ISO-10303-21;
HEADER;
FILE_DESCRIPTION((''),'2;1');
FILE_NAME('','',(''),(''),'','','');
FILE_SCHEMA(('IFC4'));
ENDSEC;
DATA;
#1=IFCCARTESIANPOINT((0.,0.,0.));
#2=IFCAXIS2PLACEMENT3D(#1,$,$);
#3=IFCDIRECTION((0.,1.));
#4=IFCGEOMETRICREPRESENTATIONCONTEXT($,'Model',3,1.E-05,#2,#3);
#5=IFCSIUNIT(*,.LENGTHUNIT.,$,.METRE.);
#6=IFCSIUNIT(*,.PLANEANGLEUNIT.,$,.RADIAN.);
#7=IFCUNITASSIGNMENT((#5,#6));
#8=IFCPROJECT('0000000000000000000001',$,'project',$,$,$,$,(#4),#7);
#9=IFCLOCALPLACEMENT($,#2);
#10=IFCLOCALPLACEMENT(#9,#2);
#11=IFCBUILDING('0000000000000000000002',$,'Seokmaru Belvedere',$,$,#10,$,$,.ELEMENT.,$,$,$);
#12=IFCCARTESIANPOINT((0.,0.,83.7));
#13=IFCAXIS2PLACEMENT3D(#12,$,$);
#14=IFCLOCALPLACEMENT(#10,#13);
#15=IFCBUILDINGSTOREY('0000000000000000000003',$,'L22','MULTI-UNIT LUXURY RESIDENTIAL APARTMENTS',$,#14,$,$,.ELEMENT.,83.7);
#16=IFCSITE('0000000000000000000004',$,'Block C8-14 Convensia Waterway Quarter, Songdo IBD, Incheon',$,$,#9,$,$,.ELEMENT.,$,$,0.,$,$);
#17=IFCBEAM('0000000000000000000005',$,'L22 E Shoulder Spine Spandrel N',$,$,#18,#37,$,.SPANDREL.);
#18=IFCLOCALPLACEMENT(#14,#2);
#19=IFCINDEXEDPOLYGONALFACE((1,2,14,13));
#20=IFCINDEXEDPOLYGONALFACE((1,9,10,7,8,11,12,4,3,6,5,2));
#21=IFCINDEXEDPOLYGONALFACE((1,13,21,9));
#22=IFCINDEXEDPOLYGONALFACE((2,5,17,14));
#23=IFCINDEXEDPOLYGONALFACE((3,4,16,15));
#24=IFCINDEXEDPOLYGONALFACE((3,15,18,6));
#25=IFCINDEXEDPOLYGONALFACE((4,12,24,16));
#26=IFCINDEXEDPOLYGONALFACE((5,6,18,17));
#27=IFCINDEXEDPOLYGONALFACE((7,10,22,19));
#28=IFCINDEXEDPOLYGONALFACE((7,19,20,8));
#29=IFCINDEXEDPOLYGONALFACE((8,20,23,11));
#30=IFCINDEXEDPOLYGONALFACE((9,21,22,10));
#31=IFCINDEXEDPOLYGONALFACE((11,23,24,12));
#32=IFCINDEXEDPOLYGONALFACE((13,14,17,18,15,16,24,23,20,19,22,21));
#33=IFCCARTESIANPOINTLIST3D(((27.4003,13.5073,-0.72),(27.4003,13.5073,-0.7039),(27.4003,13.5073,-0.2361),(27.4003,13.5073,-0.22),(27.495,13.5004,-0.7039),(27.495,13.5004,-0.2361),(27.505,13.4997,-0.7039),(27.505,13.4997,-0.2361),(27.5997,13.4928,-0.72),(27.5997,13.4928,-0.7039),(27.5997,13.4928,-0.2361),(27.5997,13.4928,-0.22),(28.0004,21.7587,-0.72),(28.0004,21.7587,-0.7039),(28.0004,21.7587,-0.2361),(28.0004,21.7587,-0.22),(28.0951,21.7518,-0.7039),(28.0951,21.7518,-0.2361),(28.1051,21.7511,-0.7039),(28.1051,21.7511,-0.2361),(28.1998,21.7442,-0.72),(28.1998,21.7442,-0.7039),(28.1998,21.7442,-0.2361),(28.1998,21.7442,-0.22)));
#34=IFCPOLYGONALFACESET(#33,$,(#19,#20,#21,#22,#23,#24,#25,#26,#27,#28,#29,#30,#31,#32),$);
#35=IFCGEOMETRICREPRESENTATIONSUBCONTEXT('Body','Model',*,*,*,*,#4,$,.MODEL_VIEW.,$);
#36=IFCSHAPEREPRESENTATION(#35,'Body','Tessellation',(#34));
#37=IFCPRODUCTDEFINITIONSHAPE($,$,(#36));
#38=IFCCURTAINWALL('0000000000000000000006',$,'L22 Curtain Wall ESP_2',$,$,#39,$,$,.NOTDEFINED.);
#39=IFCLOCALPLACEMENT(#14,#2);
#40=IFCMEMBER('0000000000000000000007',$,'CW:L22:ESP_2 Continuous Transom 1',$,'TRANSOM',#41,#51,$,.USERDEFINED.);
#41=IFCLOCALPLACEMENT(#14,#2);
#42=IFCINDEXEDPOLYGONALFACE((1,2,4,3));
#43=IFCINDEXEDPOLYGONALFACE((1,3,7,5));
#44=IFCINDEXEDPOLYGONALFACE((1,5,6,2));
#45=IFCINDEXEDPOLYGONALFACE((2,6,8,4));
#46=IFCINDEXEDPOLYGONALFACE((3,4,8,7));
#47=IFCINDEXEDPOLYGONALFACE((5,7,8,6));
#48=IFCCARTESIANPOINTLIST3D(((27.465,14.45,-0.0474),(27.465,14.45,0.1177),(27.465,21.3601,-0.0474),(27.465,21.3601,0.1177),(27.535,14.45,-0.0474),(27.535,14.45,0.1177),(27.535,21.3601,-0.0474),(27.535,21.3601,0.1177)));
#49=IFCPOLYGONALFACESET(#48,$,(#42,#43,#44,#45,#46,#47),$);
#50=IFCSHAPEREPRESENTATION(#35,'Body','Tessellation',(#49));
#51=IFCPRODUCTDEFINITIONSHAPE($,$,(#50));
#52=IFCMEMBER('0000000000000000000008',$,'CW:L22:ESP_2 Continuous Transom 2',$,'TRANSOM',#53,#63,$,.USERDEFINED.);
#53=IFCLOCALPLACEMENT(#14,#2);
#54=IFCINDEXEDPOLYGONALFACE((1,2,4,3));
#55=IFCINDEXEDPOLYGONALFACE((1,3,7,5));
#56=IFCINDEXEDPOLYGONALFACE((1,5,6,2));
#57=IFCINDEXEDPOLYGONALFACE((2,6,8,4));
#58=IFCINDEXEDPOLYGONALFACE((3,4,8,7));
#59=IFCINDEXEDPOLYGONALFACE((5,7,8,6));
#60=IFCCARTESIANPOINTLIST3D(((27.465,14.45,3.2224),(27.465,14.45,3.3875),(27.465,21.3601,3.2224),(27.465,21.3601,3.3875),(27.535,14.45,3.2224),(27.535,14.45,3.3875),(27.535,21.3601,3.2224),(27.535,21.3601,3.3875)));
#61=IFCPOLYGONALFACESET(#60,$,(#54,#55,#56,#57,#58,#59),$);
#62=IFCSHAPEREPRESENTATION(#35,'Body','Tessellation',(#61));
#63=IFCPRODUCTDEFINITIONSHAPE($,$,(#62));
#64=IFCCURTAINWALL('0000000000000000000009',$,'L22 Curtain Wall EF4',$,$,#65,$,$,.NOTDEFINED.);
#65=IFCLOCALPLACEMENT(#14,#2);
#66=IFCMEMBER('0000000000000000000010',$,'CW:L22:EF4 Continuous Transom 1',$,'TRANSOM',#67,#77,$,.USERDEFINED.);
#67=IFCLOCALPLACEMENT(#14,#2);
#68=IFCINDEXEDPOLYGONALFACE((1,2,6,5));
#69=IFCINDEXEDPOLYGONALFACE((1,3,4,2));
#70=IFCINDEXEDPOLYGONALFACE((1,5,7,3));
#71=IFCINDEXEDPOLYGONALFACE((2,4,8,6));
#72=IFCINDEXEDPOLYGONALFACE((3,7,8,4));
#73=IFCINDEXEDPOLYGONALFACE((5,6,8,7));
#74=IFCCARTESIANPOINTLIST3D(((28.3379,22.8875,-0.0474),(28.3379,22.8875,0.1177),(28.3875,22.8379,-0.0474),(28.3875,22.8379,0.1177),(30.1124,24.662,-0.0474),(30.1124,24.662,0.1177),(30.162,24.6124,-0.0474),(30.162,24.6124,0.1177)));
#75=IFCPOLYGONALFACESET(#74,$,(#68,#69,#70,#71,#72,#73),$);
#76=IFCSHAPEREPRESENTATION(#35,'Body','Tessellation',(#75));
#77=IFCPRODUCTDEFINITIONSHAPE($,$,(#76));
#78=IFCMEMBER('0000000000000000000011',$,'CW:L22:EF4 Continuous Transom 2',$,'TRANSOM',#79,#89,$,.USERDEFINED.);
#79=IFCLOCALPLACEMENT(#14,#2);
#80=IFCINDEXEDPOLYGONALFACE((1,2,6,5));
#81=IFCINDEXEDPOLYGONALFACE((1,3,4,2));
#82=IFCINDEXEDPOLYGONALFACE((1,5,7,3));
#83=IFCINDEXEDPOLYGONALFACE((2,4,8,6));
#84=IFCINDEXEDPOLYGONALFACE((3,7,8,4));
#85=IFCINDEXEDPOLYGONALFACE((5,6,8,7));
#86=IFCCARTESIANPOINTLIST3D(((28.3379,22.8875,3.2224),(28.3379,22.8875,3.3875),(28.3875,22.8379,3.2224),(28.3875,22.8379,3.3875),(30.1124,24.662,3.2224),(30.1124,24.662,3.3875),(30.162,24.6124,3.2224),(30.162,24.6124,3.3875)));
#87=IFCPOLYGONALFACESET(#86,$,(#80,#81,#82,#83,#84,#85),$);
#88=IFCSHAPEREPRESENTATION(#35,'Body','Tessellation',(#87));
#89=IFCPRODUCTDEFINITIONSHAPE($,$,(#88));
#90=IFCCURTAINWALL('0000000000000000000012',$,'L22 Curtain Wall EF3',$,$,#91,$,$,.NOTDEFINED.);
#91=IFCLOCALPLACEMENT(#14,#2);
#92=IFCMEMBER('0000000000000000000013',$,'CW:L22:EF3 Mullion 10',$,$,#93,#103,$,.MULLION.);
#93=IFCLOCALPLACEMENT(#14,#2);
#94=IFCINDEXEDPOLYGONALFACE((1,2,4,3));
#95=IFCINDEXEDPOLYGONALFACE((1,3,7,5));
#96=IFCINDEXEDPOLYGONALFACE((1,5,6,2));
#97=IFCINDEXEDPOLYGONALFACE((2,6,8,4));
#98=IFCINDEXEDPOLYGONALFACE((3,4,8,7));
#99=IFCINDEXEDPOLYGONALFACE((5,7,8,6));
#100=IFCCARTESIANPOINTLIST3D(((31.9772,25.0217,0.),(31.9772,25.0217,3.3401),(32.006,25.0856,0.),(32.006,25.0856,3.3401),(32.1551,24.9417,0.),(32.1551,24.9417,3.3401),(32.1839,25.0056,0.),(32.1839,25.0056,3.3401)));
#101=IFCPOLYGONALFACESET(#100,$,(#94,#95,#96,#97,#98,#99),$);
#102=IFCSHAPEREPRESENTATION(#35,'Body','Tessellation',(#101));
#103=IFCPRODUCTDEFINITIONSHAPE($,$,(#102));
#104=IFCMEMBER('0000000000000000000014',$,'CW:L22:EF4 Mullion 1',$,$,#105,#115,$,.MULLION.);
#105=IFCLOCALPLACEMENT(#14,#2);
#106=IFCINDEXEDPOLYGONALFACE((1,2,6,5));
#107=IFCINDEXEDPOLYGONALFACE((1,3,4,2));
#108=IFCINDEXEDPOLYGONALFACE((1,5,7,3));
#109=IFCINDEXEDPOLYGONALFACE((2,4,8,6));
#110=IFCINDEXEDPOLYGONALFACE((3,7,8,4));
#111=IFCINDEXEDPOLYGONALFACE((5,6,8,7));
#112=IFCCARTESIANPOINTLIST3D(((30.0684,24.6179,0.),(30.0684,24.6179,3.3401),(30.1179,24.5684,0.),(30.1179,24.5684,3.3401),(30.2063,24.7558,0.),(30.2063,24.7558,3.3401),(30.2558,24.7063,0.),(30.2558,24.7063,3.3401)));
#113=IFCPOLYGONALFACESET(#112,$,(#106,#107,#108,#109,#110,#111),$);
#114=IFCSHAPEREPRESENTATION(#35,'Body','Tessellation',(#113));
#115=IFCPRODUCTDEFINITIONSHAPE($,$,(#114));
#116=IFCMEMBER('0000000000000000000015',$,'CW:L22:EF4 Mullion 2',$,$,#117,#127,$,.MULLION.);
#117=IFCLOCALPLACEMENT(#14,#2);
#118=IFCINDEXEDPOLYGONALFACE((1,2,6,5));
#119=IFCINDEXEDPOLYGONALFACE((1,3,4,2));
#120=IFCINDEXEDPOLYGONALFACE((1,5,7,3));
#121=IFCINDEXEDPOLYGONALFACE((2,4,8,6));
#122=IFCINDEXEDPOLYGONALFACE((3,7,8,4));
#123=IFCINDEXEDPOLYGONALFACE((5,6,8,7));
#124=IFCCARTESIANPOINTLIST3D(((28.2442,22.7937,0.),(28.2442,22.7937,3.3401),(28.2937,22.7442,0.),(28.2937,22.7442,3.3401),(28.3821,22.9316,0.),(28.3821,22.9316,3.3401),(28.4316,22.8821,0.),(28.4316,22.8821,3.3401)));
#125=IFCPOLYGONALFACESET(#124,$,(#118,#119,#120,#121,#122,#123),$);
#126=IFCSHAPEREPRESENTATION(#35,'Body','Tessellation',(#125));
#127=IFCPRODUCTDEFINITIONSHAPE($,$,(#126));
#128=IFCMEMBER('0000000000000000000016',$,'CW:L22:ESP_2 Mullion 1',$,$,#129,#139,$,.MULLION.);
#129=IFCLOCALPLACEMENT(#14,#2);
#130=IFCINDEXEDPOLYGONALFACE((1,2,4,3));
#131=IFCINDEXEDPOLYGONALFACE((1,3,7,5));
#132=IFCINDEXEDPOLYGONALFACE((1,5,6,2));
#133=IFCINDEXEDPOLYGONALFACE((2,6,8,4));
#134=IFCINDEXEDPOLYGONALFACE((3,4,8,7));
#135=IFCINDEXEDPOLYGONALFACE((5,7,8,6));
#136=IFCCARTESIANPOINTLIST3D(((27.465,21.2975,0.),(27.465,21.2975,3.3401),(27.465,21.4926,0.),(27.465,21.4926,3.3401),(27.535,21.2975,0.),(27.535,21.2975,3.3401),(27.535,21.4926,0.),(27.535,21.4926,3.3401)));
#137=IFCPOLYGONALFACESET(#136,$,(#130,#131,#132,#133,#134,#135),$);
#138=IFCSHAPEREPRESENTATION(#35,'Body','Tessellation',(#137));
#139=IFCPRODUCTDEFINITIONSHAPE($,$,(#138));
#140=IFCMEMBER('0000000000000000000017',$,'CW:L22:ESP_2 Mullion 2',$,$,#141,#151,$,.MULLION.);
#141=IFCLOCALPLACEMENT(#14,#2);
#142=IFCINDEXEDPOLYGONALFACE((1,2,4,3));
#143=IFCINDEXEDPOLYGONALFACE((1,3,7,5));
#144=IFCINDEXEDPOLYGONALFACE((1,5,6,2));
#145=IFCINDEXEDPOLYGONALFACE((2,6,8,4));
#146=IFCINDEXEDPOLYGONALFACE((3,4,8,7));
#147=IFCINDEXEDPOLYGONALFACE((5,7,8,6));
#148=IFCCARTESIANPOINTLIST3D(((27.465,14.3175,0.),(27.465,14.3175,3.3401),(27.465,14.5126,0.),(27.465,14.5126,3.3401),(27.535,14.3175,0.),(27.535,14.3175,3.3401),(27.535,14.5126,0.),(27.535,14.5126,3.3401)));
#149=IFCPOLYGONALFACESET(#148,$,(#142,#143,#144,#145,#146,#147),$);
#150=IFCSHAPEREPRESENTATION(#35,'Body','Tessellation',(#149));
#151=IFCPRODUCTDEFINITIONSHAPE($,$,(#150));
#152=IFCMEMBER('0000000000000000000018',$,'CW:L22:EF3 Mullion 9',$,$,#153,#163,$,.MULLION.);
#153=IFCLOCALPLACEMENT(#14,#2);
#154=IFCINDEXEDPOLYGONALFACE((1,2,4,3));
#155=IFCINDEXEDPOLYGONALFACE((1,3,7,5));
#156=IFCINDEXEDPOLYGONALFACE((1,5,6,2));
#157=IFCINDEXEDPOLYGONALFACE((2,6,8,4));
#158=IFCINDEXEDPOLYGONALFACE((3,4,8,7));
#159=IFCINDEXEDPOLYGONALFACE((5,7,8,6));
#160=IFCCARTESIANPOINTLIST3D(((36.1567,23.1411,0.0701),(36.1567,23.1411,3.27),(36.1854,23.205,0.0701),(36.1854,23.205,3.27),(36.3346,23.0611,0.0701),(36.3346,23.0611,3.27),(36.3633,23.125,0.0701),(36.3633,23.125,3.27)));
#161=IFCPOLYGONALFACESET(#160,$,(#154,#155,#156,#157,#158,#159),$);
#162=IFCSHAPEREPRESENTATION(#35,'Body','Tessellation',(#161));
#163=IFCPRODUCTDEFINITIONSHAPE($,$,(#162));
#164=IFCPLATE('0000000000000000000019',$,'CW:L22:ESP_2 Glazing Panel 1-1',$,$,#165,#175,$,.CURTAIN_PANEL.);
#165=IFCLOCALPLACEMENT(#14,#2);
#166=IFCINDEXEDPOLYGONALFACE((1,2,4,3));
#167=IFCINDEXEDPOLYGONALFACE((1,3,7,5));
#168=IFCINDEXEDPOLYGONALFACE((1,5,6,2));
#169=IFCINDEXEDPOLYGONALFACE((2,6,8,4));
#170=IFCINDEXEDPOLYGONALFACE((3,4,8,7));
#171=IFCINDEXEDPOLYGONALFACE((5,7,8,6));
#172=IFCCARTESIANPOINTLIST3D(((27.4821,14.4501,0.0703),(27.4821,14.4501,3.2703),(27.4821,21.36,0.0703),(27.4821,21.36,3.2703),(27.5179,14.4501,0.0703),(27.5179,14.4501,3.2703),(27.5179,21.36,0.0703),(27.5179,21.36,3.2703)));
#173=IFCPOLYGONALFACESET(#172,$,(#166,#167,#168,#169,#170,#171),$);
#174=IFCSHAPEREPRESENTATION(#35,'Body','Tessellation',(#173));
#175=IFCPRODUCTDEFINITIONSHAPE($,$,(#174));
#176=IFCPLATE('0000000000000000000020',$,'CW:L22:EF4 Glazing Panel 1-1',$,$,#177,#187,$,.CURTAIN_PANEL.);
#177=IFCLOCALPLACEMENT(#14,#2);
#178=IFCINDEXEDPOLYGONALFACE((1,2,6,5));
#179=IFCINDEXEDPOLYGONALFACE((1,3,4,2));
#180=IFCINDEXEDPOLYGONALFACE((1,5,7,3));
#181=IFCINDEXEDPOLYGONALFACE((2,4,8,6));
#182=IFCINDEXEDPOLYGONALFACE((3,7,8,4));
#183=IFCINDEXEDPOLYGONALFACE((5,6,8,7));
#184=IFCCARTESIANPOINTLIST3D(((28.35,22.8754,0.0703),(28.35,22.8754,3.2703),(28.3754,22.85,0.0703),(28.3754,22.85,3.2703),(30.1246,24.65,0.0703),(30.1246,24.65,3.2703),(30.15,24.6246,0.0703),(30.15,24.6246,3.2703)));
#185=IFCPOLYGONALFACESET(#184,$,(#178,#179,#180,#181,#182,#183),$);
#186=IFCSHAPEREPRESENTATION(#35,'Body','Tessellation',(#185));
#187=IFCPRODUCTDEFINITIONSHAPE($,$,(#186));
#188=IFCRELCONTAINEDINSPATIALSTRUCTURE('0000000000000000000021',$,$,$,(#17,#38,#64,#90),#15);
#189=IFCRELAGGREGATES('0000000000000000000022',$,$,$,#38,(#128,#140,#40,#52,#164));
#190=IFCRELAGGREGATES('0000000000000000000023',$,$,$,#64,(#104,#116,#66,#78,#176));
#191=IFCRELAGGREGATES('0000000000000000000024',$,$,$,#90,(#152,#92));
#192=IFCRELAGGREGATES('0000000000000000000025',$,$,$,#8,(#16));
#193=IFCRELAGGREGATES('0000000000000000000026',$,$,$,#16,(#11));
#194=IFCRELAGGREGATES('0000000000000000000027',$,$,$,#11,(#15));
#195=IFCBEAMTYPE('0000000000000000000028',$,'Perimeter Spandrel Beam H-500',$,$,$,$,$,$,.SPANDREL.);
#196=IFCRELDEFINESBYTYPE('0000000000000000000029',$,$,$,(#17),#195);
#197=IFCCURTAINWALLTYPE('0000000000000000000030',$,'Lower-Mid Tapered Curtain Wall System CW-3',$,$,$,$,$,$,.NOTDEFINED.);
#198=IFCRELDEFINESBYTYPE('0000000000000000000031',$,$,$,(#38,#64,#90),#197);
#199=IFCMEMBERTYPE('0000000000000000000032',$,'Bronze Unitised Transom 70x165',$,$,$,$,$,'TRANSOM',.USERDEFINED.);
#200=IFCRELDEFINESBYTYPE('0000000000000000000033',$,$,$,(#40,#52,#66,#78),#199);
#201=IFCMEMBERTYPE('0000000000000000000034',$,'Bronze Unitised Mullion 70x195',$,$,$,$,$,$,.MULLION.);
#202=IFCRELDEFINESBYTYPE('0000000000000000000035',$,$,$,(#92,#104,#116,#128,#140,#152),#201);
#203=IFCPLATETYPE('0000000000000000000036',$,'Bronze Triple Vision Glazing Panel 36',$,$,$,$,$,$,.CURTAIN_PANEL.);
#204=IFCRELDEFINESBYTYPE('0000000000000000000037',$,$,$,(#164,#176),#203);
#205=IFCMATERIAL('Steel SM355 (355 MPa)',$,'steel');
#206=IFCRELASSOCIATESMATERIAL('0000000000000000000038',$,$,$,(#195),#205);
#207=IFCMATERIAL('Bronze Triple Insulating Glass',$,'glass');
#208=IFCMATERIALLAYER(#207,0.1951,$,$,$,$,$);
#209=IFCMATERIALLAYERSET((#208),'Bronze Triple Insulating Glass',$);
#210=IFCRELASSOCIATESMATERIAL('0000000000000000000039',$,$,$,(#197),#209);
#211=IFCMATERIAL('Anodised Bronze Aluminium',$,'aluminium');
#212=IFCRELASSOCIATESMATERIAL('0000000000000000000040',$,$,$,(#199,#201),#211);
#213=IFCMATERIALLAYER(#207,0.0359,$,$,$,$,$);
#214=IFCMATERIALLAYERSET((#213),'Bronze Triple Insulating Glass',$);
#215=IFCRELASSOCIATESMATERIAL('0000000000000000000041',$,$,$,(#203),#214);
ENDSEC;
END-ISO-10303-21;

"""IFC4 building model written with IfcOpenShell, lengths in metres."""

from ifc_helpers import new_model, si_unit, direction, frame, origin, origin_2d, place, context, subcontext, project, spatial, rectangle, i_section, extrude, source, transform, mapped, material, layer, layer_set, material_profile, profile_set, type_object, type_shapes, element, aggregate, save


model = new_model("IFC4")

# Units and contexts
model_context = context("Model", 3, precision=1e-05, world=origin(), true_north=direction((0.0, 1.0)))
body_context = subcontext(model_context, "Body", "Model", "MODEL_VIEW")
ifc_project = project(units=[si_unit("LENGTHUNIT", "METRE"), si_unit("PLANEANGLEUNIT", "RADIAN")], contexts=[model_context])

# Site, building, storey
site_placement = place(None, origin())
site = spatial("IfcSite", under=ifc_project, at=site_placement, Name="Block C8-14 Convensia Waterway Quarter, Songdo IBD, Incheon", CompositionType="ELEMENT", RefElevation=0.0)
building_placement = place(site_placement, origin())
building = spatial("IfcBuilding", under=site, at=building_placement, Name="Seokmaru Belvedere", CompositionType="ELEMENT")
storey_placement = place(building_placement, frame((0.0, 0.0, 83.7)))
storey = spatial("IfcBuildingStorey", under=building, at=storey_placement, Name="L22", Description="MULTI-UNIT LUXURY RESIDENTIAL APARTMENTS", CompositionType="ELEMENT", Elevation=83.7)

# Shared definitions
ifc_material_1 = material(Name="Steel SM355 (355 MPa)", Category="steel")

# Beam
ifc_material_profile_1 = material_profile(ifc_material_1, i_section(OverallWidth=0.2, OverallDepth=0.5, WebThickness=0.01, FlangeThickness=0.0161, at=origin_2d()), Name="H-500x200x10x16")
ifc_profile_set_1 = profile_set([ifc_material_profile_1], Name="Steel SM355 (355 MPa)")
beam_type_1 = type_object("IfcBeamType", Name="Perimeter Spandrel Beam H-500", PredefinedType="SPANDREL", material=ifc_profile_set_1)
shared_shape_1 = source(origin(), body_context, "Body", "SweptSolid", [
    extrude(i_section(OverallWidth=0.2, OverallDepth=0.5, WebThickness=0.01, FlangeThickness=0.0161, at=origin_2d()), origin(), (0.0, 0.0, 1.0), 8.2732),
])
beam_1_placement = place(storey_placement, frame((28.1001, 21.7515, -0.47), z_axis=(-0.072535, -0.997366, 0.0), x_axis=(0.997366, -0.072535, 0.0)))
element("IfcBeam", 1, at=beam_1_placement, inside=storey, type_object=beam_type_1, Name="L22 E Shoulder Spine Spandrel N", PredefinedType="SPANDREL", context=body_context, shape_type="MappedRepresentation", body=[
    mapped(shared_shape_1, transform((0.0, 0.0, 0.0), scale=1.0)),
])

# Curtain walls, members
ifc_material_2 = material(Name="Bronze Triple Insulating Glass", Category="glass")
ifc_layer_1 = layer(ifc_material_2, 0.1951)
ifc_layer_set_1 = layer_set([ifc_layer_1], Name="Bronze Triple Insulating Glass")
curtain_wall_type = type_object("IfcCurtainWallType", Name="Lower-Mid Tapered Curtain Wall System CW-3", PredefinedType="NOTDEFINED", material=ifc_layer_set_1)
curtain_wall_1_placement = place(storey_placement, origin())
curtain_wall_1 = element("IfcCurtainWall", 2, at=curtain_wall_1_placement, inside=storey, type_object=curtain_wall_type, Name="L22 Curtain Wall ESP_2", PredefinedType="NOTDEFINED")
ifc_material_3 = material(Name="Anodised Bronze Aluminium", Category="aluminium")
ifc_material_profile_2 = material_profile(ifc_material_3, rectangle(XDim=0.0701, YDim=0.165, at=origin_2d()), Name="CW-T-70x165")
ifc_profile_set_2 = profile_set([ifc_material_profile_2], Name="Anodised Bronze Aluminium")
member_type_1 = type_object("IfcMemberType", Name="Bronze Unitised Transom 70x165", ElementType="TRANSOM", PredefinedType="USERDEFINED", material=ifc_profile_set_2)
shared_shape_2 = source(origin(), body_context, "Body", "SweptSolid", [
    extrude(rectangle(XDim=0.0701, YDim=0.165, at=origin_2d()), origin(), (0.0, 0.0, 1.0), 6.9102),
])
member_1_placement = place(storey_placement, frame((27.5, 21.3601, 0.0352), z_axis=(0.0, -1.0, 0.0), x_axis=(1.0, 0.0, 0.0)))
member_1 = element("IfcMember", 3, at=member_1_placement, type_object=member_type_1, Name="CW:L22:ESP_2 Continuous Transom 1", ObjectType="TRANSOM", PredefinedType="USERDEFINED", context=body_context, shape_type="MappedRepresentation", body=[
    mapped(shared_shape_2, transform((0.0, 0.0, 0.0), scale=1.0)),
])
member_2_placement = place(storey_placement, frame((27.5, 21.3601, 3.3049), z_axis=(0.0, -1.0, 0.0), x_axis=(1.0, 0.0, 0.0)))
member_2 = element("IfcMember", 4, at=member_2_placement, type_object=member_type_1, Name="CW:L22:ESP_2 Continuous Transom 2", ObjectType="TRANSOM", PredefinedType="USERDEFINED", context=body_context, shape_type="MappedRepresentation", body=[
    mapped(shared_shape_2, transform((0.0, 0.0, 0.0), scale=1.0)),
])
curtain_wall_2_placement = place(storey_placement, origin())
curtain_wall_2 = element("IfcCurtainWall", 5, at=curtain_wall_2_placement, inside=storey, type_object=curtain_wall_type, Name="L22 Curtain Wall EF4", PredefinedType="NOTDEFINED")
shared_shape_3 = source(origin(), body_context, "Body", "SweptSolid", [
    extrude(rectangle(XDim=0.0701, YDim=0.165, at=origin_2d()), origin(), (0.0, 0.0, 1.0), 2.5095),
])
type_shapes(member_type_1, [shared_shape_2, shared_shape_3])
member_3_placement = place(storey_placement, frame((30.1372, 24.6372, 0.0352), z_axis=(-0.707107, -0.707107, 0.0), x_axis=(0.707107, -0.707107, 0.0)))
member_3 = element("IfcMember", 6, at=member_3_placement, type_object=member_type_1, Name="CW:L22:EF4 Continuous Transom 1", ObjectType="TRANSOM", PredefinedType="USERDEFINED", context=body_context, shape_type="MappedRepresentation", body=[
    mapped(shared_shape_3, transform((0.0, 0.0, 0.0), scale=1.0)),
])
member_4_placement = place(storey_placement, frame((30.1372, 24.6372, 3.3049), z_axis=(-0.707107, -0.707107, 0.0), x_axis=(0.707107, -0.707107, 0.0)))
member_4 = element("IfcMember", 7, at=member_4_placement, type_object=member_type_1, Name="CW:L22:EF4 Continuous Transom 2", ObjectType="TRANSOM", PredefinedType="USERDEFINED", context=body_context, shape_type="MappedRepresentation", body=[
    mapped(shared_shape_3, transform((0.0, 0.0, 0.0), scale=1.0)),
])

# Curtain wall, member
curtain_wall_3_placement = place(storey_placement, origin())
curtain_wall_3 = element("IfcCurtainWall", 8, at=curtain_wall_3_placement, inside=storey, type_object=curtain_wall_type, Name="L22 Curtain Wall EF3", PredefinedType="NOTDEFINED")
ifc_material_profile_3 = material_profile(ifc_material_3, rectangle(XDim=0.0701, YDim=0.1951, at=origin_2d()), Name="CW-M-70x195")
ifc_profile_set_3 = profile_set([ifc_material_profile_3], Name="Anodised Bronze Aluminium")
member_type_2 = type_object("IfcMemberType", Name="Bronze Unitised Mullion 70x195", PredefinedType="MULLION", material=ifc_profile_set_3)
shared_shape_4 = source(origin(), body_context, "Body", "SweptSolid", [
    extrude(rectangle(XDim=0.0701, YDim=0.1951, at=origin_2d()), origin(), (0.0, 0.0, 1.0), 3.3401),
])
member_5_placement = place(storey_placement, frame((32.0806, 25.0137, 0.0), z_axis=(0.0, 0.0, 1.0), x_axis=(-0.410366, -0.911921, 0.0)))
member_5 = element("IfcMember", 9, at=member_5_placement, type_object=member_type_2, Name="CW:L22:EF3 Mullion 10", PredefinedType="MULLION", context=body_context, shape_type="MappedRepresentation", body=[
    mapped(shared_shape_4, transform((0.0, 0.0, 0.0), scale=1.0)),
])

# Members
member_6_placement = place(storey_placement, frame((30.1621, 24.6621, 0.0), z_axis=(0.0, 0.0, 1.0), x_axis=(0.707107, -0.707107, 0.0)))
member_6 = element("IfcMember", 10, at=member_6_placement, type_object=member_type_2, Name="CW:L22:EF4 Mullion 1", PredefinedType="MULLION", context=body_context, shape_type="MappedRepresentation", body=[
    mapped(shared_shape_4, transform((0.0, 0.0, 0.0), scale=1.0)),
])
member_7_placement = place(storey_placement, frame((28.3379, 22.8379, 0.0), z_axis=(0.0, 0.0, 1.0), x_axis=(0.707107, -0.707107, 0.0)))
member_7 = element("IfcMember", 11, at=member_7_placement, type_object=member_type_2, Name="CW:L22:EF4 Mullion 2", PredefinedType="MULLION", context=body_context, shape_type="MappedRepresentation", body=[
    mapped(shared_shape_4, transform((0.0, 0.0, 0.0), scale=1.0)),
])
member_8_placement = place(storey_placement, frame((27.5, 21.395, 0.0), z_axis=(0.0, 0.0, 1.0), x_axis=(1.0, 0.0, 0.0)))
member_8 = element("IfcMember", 12, at=member_8_placement, type_object=member_type_2, Name="CW:L22:ESP_2 Mullion 1", PredefinedType="MULLION", context=body_context, shape_type="MappedRepresentation", body=[
    mapped(shared_shape_4, transform((0.0, 0.0, 0.0), scale=1.0)),
])
member_9_placement = place(storey_placement, frame((27.5, 14.415, 0.0), z_axis=(0.0, 0.0, 1.0), x_axis=(1.0, 0.0, 0.0)))
member_9 = element("IfcMember", 13, at=member_9_placement, type_object=member_type_2, Name="CW:L22:ESP_2 Mullion 2", PredefinedType="MULLION", context=body_context, shape_type="MappedRepresentation", body=[
    mapped(shared_shape_4, transform((0.0, 0.0, 0.0), scale=1.0)),
])
shared_shape_5 = source(origin(), body_context, "Body", "SweptSolid", [
    extrude(rectangle(XDim=0.0701, YDim=0.1951, at=origin_2d()), origin(), (0.0, 0.0, 1.0), 3.2),
])
type_shapes(member_type_2, [shared_shape_4, shared_shape_5])
member_10_placement = place(storey_placement, frame((36.26, 23.1331, 0.0701), z_axis=(0.0, 0.0, 1.0), x_axis=(-0.410366, -0.911921, 0.0)))
member_10 = element("IfcMember", 14, at=member_10_placement, type_object=member_type_2, Name="CW:L22:EF3 Mullion 9", PredefinedType="MULLION", context=body_context, shape_type="MappedRepresentation", body=[
    mapped(shared_shape_5, transform((0.0, 0.0, 0.0), scale=1.0)),
])

# Plates
ifc_layer_2 = layer(ifc_material_2, 0.0359)
ifc_layer_set_2 = layer_set([ifc_layer_2], Name="Bronze Triple Insulating Glass")
plate_type = type_object("IfcPlateType", Name="Bronze Triple Vision Glazing Panel 36", PredefinedType="CURTAIN_PANEL", material=ifc_layer_set_2)
shared_shape_6 = source(origin(), body_context, "Body", "SweptSolid", [
    extrude(rectangle(XDim=6.9099, YDim=0.0359, at=origin_2d()), origin(), (0.0, 0.0, 1.0), 3.2),
])
plate_1_placement = place(storey_placement, frame((27.5, 17.905, 0.0703), z_axis=(0.0, 0.0, 1.0), x_axis=(0.0, -1.0, 0.0)))
plate_1 = element("IfcPlate", 15, at=plate_1_placement, type_object=plate_type, Name="CW:L22:ESP_2 Glazing Panel 1-1", PredefinedType="CURTAIN_PANEL", context=body_context, shape_type="MappedRepresentation", body=[
    mapped(shared_shape_6, transform((0.0, 0.0, 0.0), scale=1.0)),
])
aggregate(curtain_wall_1, [member_8, member_9, member_1, member_2, plate_1])
shared_shape_7 = source(origin(), body_context, "Body", "SweptSolid", [
    extrude(rectangle(XDim=2.5098, YDim=0.0359, at=origin_2d()), origin(), (0.0, 0.0, 1.0), 3.2),
])
plate_2_placement = place(storey_placement, frame((29.25, 23.75, 0.0703), z_axis=(0.0, 0.0, 1.0), x_axis=(-0.707107, -0.707107, 0.0)))
plate_2 = element("IfcPlate", 16, at=plate_2_placement, type_object=plate_type, Name="CW:L22:EF4 Glazing Panel 1-1", PredefinedType="CURTAIN_PANEL", context=body_context, shape_type="MappedRepresentation", body=[
    mapped(shared_shape_7, transform((0.0, 0.0, 0.0), scale=1.0)),
])
aggregate(curtain_wall_2, [member_6, member_7, member_3, member_4, plate_2])
aggregate(curtain_wall_3, [member_10, member_5])

save(model, "model.ifc")
